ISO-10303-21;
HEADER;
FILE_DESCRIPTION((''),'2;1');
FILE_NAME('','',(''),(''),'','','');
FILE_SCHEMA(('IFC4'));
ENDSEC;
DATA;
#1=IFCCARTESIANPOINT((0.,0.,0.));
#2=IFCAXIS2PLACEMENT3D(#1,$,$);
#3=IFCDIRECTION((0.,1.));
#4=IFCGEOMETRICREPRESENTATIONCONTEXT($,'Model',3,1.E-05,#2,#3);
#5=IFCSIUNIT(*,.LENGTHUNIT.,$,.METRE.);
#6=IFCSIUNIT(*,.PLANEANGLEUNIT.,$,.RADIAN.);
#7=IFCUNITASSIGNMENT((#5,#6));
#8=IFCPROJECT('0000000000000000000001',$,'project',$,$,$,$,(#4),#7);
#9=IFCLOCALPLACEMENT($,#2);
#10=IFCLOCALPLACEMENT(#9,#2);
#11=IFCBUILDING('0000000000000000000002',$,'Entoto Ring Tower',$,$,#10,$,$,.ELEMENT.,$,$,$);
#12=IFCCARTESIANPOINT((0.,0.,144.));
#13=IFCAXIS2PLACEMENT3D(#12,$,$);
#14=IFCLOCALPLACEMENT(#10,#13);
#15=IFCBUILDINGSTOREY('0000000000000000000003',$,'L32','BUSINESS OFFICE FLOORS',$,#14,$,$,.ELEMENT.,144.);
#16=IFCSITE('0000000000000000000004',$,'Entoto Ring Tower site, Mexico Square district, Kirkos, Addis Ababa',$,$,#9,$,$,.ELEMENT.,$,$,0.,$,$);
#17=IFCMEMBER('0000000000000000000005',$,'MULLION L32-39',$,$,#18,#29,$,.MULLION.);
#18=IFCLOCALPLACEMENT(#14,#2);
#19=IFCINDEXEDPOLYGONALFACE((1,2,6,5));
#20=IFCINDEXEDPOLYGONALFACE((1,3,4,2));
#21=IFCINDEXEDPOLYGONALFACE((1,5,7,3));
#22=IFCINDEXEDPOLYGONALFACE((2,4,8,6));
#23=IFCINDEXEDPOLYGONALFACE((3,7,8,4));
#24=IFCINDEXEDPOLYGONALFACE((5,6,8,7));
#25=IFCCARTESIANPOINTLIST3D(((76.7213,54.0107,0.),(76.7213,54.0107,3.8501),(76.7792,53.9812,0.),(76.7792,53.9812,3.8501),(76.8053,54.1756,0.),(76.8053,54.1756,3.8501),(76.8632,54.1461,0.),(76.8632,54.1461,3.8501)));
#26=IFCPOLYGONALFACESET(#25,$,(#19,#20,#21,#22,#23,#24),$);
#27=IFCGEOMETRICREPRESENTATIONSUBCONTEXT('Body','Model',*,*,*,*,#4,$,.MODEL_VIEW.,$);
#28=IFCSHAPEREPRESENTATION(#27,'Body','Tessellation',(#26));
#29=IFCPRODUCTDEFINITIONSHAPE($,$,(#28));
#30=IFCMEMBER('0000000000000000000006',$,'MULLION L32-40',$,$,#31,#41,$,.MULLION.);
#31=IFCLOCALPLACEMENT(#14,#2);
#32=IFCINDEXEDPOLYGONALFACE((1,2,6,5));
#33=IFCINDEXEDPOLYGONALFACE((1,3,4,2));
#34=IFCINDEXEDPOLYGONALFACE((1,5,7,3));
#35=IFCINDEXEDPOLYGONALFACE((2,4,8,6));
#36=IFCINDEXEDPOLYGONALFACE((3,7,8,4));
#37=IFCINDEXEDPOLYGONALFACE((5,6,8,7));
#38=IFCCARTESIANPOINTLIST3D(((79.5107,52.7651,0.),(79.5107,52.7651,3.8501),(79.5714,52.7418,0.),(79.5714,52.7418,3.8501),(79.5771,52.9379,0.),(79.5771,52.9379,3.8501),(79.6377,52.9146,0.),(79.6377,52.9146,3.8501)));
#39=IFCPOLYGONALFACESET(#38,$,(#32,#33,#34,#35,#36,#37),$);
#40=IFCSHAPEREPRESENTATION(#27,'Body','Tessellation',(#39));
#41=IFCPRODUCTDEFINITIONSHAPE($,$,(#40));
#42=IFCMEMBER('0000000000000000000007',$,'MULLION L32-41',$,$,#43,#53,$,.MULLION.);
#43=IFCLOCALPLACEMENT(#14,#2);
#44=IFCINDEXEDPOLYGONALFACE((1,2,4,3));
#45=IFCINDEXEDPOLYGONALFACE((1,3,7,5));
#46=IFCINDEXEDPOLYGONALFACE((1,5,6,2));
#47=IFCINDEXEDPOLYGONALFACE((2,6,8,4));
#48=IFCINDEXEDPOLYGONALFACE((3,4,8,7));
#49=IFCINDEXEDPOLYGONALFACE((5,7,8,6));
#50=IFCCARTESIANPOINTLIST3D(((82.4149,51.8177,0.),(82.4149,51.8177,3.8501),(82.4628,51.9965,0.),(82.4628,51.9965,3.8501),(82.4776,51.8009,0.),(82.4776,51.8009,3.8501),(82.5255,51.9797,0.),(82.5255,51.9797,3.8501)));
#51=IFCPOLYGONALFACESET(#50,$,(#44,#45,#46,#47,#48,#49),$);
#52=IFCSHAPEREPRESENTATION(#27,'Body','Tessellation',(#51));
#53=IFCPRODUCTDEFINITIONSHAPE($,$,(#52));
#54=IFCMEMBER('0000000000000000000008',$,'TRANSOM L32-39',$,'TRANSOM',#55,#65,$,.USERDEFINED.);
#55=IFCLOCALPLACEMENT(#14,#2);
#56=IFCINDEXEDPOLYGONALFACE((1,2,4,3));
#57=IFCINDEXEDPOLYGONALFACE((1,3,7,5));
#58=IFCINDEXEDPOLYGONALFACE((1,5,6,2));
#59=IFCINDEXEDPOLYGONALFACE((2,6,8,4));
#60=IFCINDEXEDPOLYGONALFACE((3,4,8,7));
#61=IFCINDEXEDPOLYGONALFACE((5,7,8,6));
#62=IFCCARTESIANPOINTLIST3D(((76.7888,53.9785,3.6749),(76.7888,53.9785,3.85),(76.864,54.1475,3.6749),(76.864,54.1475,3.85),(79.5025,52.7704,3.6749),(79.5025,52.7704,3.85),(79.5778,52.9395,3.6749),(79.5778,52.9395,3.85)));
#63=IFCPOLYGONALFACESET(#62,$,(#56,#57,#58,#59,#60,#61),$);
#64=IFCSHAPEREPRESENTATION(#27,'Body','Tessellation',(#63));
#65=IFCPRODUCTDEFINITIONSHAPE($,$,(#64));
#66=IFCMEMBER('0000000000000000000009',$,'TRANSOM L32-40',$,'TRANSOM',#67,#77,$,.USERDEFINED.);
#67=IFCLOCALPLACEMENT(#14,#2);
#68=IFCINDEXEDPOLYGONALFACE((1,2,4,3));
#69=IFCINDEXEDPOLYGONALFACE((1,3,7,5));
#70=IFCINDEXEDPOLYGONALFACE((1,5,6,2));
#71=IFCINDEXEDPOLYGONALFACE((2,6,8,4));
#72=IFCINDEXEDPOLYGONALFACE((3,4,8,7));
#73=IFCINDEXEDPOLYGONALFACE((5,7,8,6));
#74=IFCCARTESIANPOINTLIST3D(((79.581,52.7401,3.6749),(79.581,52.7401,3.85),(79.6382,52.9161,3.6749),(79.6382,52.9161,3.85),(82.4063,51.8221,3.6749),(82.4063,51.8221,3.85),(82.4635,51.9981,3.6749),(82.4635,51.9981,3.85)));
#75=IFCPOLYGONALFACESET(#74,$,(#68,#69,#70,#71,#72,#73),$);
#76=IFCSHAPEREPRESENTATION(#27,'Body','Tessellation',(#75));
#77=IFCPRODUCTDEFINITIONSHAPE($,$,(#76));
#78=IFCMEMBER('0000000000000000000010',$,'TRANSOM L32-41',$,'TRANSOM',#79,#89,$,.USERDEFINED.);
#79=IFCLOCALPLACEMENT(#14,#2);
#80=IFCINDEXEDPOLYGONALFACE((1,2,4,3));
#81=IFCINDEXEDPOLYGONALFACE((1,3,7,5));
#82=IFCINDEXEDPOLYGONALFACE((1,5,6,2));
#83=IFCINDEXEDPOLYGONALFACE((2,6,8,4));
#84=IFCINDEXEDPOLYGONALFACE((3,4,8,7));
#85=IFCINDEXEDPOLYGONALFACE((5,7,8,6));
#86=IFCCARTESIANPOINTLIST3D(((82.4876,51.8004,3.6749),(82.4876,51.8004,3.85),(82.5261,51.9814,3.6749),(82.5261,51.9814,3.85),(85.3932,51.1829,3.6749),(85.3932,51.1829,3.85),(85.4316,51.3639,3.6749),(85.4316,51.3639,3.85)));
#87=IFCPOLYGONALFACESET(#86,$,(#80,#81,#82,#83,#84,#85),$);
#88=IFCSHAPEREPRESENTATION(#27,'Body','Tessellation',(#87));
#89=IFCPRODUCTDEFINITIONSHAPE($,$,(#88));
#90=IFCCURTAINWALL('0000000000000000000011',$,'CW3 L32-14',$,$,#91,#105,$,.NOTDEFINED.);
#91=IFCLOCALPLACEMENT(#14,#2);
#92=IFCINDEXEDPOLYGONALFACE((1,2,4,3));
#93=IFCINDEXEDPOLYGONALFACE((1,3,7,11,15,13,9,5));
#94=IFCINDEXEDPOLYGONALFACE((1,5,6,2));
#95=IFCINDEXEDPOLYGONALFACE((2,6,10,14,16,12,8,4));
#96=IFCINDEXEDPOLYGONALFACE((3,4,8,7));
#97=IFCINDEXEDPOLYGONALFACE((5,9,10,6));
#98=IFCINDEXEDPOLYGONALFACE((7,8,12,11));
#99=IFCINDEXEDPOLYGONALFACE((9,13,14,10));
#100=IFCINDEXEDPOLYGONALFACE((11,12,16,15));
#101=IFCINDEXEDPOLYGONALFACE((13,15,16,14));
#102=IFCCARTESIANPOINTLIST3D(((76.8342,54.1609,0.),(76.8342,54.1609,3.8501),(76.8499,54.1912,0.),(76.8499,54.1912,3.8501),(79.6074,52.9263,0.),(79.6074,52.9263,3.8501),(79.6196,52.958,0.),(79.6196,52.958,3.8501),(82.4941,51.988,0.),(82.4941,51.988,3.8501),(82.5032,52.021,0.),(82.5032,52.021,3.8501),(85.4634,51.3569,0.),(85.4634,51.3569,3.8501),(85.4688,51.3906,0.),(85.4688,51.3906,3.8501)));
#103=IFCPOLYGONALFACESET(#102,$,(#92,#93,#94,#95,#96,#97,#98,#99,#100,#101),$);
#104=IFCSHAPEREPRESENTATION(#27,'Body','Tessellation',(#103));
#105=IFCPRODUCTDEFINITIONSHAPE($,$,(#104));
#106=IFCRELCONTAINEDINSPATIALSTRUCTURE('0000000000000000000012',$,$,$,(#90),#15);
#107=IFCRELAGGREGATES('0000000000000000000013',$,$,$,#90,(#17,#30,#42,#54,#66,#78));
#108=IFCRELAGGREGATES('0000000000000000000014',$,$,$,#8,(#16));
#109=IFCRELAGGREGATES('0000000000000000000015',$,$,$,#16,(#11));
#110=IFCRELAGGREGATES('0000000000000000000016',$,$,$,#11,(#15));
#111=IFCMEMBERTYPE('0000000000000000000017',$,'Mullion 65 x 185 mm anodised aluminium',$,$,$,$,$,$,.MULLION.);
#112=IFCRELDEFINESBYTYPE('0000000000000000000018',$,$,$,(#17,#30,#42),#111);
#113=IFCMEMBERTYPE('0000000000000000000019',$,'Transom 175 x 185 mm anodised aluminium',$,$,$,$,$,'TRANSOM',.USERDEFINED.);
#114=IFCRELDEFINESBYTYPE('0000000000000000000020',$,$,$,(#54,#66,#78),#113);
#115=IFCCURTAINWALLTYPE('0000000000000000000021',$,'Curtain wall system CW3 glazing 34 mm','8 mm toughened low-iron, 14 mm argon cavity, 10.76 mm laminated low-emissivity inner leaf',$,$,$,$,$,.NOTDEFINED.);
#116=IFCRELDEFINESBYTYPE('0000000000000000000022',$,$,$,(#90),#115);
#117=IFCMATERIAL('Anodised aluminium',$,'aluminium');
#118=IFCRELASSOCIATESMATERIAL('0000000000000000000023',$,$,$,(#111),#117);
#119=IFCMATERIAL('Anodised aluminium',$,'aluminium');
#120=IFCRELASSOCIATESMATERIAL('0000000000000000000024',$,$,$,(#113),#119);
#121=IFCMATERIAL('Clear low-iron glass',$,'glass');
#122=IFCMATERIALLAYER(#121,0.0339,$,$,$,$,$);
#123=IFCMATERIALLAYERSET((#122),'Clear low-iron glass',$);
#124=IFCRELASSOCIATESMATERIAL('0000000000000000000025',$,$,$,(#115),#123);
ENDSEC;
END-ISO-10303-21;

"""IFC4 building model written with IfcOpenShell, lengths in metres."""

from ifc_helpers import new_model, si_unit, direction, frame, origin, origin_2d, place, context, subcontext, project, spatial, polyline, rectangle, outline, extrude, material, layer, layer_set, material_profile, profile_set, type_object, element, aggregate, save


model = new_model("IFC4")

# Units and contexts
model_context = context("Model", 3, precision=1e-05, world=origin(), true_north=direction((0.0, 1.0)))
body_context = subcontext(model_context, "Body", "Model", "MODEL_VIEW")
ifc_project = project(units=[si_unit("LENGTHUNIT", "METRE"), si_unit("PLANEANGLEUNIT", "RADIAN")], contexts=[model_context])

# Members
ifc_material_1 = material(Name="Anodised aluminium", Category="aluminium")
ifc_material_profile_1 = material_profile(ifc_material_1, rectangle(XDim=0.0649, YDim=0.1851, at=origin_2d()), Name="Mullion 65 x 185 mm anodised aluminium")
ifc_profile_set_1 = profile_set([ifc_material_profile_1], Name="Anodised aluminium")
member_type_1 = type_object("IfcMemberType", Name="Mullion 65 x 185 mm anodised aluminium", PredefinedType="MULLION", material=ifc_profile_set_1)
site_placement = place(None, origin())
building_placement = place(site_placement, origin())
storey_placement = place(building_placement, frame((0.0, 0.0, 144.0)))
member_1_placement = place(storey_placement, frame((76.7922, 54.0784, 0.0), z_axis=(0.0, 0.0, 1.0), x_axis=(0.891007, -0.45399, 0.0)))
member_1 = element("IfcMember", 1, at=member_1_placement, type_object=member_type_1, Name="MULLION L32-39", PredefinedType="MULLION", context=body_context, shape_type="SweptSolid", body=[
    extrude(rectangle(XDim=0.0649, YDim=0.1851, at=origin_2d()), origin(), (0.0, 0.0, 1.0), 3.8501),
])
member_2_placement = place(storey_placement, frame((79.5742, 52.8398, 0.0), z_axis=(0.0, 0.0, 1.0), x_axis=(0.93358, -0.358368, 0.0)))
member_2 = element("IfcMember", 2, at=member_2_placement, type_object=member_type_1, Name="MULLION L32-40", PredefinedType="MULLION", context=body_context, shape_type="SweptSolid", body=[
    extrude(rectangle(XDim=0.0649, YDim=0.1851, at=origin_2d()), origin(), (0.0, 0.0, 1.0), 3.8501),
])
member_3_placement = place(storey_placement, frame((82.4702, 51.8987, 0.0), z_axis=(0.0, 0.0, 1.0), x_axis=(0.965926, -0.258819, 0.0)))
member_3 = element("IfcMember", 3, at=member_3_placement, type_object=member_type_1, Name="MULLION L32-41", PredefinedType="MULLION", context=body_context, shape_type="SweptSolid", body=[
    extrude(rectangle(XDim=0.0649, YDim=0.1851, at=origin_2d()), origin(), (0.0, 0.0, 1.0), 3.8501),
])
ifc_material_2 = material(Name="Anodised aluminium", Category="aluminium")
ifc_material_profile_2 = material_profile(ifc_material_2, rectangle(XDim=0.1851, YDim=0.175, at=origin_2d()), Name="Transom 175 x 185 mm anodised aluminium")
ifc_profile_set_2 = profile_set([ifc_material_profile_2], Name="Anodised aluminium")
member_type_2 = type_object("IfcMemberType", Name="Transom 175 x 185 mm anodised aluminium", ElementType="TRANSOM", PredefinedType="USERDEFINED", material=ifc_profile_set_2)
member_4_placement = place(storey_placement, frame((76.8264, 54.063, 3.7625), z_axis=(0.913567, -0.406687, 0.0), x_axis=(0.406687, 0.913567, 0.0)))
member_4 = element("IfcMember", 4, at=member_4_placement, type_object=member_type_2, Name="TRANSOM L32-39", ObjectType="TRANSOM", PredefinedType="USERDEFINED", context=body_context, shape_type="SweptSolid", body=[
    extrude(rectangle(XDim=0.1851, YDim=0.175, at=origin_2d()), origin(), (0.0, 0.0, 1.0), 2.9705),
])
member_5_placement = place(storey_placement, frame((79.6096, 52.8281, 3.7625), z_axis=(0.951056, -0.309019, 0.0), x_axis=(0.309019, 0.951056, 0.0)))
member_5 = element("IfcMember", 5, at=member_5_placement, type_object=member_type_2, Name="TRANSOM L32-40", ObjectType="TRANSOM", PredefinedType="USERDEFINED", context=body_context, shape_type="SweptSolid", body=[
    extrude(rectangle(XDim=0.1851, YDim=0.175, at=origin_2d()), origin(), (0.0, 0.0, 1.0), 2.9707),
])
member_6_placement = place(storey_placement, frame((82.5068, 51.8909, 3.7625), z_axis=(0.978158, -0.207862, 0.0), x_axis=(0.207862, 0.978158, 0.0)))
member_6 = element("IfcMember", 6, at=member_6_placement, type_object=member_type_2, Name="TRANSOM L32-41", ObjectType="TRANSOM", PredefinedType="USERDEFINED", context=body_context, shape_type="SweptSolid", body=[
    extrude(rectangle(XDim=0.1851, YDim=0.175, at=origin_2d()), origin(), (0.0, 0.0, 1.0), 2.9705),
])

# Site, building, storey
site = spatial("IfcSite", under=ifc_project, at=site_placement, Name="Entoto Ring Tower site, Mexico Square district, Kirkos, Addis Ababa", CompositionType="ELEMENT", RefElevation=0.0)
building = spatial("IfcBuilding", under=site, at=building_placement, Name="Entoto Ring Tower", CompositionType="ELEMENT")
storey = spatial("IfcBuildingStorey", under=building, at=storey_placement, Name="L32", Description="BUSINESS OFFICE FLOORS", CompositionType="ELEMENT", Elevation=144.0)

# Curtain wall
ifc_material_3 = material(Name="Clear low-iron glass", Category="glass")
ifc_layer = layer(ifc_material_3, 0.0339)
ifc_layer_set = layer_set([ifc_layer], Name="Clear low-iron glass")
curtain_wall_type = type_object("IfcCurtainWallType", Name="Curtain wall system CW3 glazing 34 mm", Description="8 mm toughened low-iron, 14 mm argon cavity, 10.76 mm laminated low-emissivity inner leaf", PredefinedType="NOTDEFINED", material=ifc_layer_set)
curtain_wall_1_placement = place(storey_placement, origin())
curtain_wall_1 = element("IfcCurtainWall", 7, at=curtain_wall_1_placement, inside=storey, type_object=curtain_wall_type, Name="CW3 L32-14", PredefinedType="NOTDEFINED", context=body_context, shape_type="SweptSolid", body=[
    extrude(outline(polyline([(76.8342, 54.1609), (79.6074, 52.9263), (82.4941, 51.988), (85.4634, 51.3569), (85.4688, 51.3906), (82.5032, 52.021), (79.6196, 52.958), (76.8499, 54.1912), (76.8342, 54.1609)])), origin(), (0.0, 0.0, 1.0), 3.8501),
])
aggregate(curtain_wall_1, [member_1, member_2, member_3, member_4, member_5, member_6])

save(model, "model.ifc")
